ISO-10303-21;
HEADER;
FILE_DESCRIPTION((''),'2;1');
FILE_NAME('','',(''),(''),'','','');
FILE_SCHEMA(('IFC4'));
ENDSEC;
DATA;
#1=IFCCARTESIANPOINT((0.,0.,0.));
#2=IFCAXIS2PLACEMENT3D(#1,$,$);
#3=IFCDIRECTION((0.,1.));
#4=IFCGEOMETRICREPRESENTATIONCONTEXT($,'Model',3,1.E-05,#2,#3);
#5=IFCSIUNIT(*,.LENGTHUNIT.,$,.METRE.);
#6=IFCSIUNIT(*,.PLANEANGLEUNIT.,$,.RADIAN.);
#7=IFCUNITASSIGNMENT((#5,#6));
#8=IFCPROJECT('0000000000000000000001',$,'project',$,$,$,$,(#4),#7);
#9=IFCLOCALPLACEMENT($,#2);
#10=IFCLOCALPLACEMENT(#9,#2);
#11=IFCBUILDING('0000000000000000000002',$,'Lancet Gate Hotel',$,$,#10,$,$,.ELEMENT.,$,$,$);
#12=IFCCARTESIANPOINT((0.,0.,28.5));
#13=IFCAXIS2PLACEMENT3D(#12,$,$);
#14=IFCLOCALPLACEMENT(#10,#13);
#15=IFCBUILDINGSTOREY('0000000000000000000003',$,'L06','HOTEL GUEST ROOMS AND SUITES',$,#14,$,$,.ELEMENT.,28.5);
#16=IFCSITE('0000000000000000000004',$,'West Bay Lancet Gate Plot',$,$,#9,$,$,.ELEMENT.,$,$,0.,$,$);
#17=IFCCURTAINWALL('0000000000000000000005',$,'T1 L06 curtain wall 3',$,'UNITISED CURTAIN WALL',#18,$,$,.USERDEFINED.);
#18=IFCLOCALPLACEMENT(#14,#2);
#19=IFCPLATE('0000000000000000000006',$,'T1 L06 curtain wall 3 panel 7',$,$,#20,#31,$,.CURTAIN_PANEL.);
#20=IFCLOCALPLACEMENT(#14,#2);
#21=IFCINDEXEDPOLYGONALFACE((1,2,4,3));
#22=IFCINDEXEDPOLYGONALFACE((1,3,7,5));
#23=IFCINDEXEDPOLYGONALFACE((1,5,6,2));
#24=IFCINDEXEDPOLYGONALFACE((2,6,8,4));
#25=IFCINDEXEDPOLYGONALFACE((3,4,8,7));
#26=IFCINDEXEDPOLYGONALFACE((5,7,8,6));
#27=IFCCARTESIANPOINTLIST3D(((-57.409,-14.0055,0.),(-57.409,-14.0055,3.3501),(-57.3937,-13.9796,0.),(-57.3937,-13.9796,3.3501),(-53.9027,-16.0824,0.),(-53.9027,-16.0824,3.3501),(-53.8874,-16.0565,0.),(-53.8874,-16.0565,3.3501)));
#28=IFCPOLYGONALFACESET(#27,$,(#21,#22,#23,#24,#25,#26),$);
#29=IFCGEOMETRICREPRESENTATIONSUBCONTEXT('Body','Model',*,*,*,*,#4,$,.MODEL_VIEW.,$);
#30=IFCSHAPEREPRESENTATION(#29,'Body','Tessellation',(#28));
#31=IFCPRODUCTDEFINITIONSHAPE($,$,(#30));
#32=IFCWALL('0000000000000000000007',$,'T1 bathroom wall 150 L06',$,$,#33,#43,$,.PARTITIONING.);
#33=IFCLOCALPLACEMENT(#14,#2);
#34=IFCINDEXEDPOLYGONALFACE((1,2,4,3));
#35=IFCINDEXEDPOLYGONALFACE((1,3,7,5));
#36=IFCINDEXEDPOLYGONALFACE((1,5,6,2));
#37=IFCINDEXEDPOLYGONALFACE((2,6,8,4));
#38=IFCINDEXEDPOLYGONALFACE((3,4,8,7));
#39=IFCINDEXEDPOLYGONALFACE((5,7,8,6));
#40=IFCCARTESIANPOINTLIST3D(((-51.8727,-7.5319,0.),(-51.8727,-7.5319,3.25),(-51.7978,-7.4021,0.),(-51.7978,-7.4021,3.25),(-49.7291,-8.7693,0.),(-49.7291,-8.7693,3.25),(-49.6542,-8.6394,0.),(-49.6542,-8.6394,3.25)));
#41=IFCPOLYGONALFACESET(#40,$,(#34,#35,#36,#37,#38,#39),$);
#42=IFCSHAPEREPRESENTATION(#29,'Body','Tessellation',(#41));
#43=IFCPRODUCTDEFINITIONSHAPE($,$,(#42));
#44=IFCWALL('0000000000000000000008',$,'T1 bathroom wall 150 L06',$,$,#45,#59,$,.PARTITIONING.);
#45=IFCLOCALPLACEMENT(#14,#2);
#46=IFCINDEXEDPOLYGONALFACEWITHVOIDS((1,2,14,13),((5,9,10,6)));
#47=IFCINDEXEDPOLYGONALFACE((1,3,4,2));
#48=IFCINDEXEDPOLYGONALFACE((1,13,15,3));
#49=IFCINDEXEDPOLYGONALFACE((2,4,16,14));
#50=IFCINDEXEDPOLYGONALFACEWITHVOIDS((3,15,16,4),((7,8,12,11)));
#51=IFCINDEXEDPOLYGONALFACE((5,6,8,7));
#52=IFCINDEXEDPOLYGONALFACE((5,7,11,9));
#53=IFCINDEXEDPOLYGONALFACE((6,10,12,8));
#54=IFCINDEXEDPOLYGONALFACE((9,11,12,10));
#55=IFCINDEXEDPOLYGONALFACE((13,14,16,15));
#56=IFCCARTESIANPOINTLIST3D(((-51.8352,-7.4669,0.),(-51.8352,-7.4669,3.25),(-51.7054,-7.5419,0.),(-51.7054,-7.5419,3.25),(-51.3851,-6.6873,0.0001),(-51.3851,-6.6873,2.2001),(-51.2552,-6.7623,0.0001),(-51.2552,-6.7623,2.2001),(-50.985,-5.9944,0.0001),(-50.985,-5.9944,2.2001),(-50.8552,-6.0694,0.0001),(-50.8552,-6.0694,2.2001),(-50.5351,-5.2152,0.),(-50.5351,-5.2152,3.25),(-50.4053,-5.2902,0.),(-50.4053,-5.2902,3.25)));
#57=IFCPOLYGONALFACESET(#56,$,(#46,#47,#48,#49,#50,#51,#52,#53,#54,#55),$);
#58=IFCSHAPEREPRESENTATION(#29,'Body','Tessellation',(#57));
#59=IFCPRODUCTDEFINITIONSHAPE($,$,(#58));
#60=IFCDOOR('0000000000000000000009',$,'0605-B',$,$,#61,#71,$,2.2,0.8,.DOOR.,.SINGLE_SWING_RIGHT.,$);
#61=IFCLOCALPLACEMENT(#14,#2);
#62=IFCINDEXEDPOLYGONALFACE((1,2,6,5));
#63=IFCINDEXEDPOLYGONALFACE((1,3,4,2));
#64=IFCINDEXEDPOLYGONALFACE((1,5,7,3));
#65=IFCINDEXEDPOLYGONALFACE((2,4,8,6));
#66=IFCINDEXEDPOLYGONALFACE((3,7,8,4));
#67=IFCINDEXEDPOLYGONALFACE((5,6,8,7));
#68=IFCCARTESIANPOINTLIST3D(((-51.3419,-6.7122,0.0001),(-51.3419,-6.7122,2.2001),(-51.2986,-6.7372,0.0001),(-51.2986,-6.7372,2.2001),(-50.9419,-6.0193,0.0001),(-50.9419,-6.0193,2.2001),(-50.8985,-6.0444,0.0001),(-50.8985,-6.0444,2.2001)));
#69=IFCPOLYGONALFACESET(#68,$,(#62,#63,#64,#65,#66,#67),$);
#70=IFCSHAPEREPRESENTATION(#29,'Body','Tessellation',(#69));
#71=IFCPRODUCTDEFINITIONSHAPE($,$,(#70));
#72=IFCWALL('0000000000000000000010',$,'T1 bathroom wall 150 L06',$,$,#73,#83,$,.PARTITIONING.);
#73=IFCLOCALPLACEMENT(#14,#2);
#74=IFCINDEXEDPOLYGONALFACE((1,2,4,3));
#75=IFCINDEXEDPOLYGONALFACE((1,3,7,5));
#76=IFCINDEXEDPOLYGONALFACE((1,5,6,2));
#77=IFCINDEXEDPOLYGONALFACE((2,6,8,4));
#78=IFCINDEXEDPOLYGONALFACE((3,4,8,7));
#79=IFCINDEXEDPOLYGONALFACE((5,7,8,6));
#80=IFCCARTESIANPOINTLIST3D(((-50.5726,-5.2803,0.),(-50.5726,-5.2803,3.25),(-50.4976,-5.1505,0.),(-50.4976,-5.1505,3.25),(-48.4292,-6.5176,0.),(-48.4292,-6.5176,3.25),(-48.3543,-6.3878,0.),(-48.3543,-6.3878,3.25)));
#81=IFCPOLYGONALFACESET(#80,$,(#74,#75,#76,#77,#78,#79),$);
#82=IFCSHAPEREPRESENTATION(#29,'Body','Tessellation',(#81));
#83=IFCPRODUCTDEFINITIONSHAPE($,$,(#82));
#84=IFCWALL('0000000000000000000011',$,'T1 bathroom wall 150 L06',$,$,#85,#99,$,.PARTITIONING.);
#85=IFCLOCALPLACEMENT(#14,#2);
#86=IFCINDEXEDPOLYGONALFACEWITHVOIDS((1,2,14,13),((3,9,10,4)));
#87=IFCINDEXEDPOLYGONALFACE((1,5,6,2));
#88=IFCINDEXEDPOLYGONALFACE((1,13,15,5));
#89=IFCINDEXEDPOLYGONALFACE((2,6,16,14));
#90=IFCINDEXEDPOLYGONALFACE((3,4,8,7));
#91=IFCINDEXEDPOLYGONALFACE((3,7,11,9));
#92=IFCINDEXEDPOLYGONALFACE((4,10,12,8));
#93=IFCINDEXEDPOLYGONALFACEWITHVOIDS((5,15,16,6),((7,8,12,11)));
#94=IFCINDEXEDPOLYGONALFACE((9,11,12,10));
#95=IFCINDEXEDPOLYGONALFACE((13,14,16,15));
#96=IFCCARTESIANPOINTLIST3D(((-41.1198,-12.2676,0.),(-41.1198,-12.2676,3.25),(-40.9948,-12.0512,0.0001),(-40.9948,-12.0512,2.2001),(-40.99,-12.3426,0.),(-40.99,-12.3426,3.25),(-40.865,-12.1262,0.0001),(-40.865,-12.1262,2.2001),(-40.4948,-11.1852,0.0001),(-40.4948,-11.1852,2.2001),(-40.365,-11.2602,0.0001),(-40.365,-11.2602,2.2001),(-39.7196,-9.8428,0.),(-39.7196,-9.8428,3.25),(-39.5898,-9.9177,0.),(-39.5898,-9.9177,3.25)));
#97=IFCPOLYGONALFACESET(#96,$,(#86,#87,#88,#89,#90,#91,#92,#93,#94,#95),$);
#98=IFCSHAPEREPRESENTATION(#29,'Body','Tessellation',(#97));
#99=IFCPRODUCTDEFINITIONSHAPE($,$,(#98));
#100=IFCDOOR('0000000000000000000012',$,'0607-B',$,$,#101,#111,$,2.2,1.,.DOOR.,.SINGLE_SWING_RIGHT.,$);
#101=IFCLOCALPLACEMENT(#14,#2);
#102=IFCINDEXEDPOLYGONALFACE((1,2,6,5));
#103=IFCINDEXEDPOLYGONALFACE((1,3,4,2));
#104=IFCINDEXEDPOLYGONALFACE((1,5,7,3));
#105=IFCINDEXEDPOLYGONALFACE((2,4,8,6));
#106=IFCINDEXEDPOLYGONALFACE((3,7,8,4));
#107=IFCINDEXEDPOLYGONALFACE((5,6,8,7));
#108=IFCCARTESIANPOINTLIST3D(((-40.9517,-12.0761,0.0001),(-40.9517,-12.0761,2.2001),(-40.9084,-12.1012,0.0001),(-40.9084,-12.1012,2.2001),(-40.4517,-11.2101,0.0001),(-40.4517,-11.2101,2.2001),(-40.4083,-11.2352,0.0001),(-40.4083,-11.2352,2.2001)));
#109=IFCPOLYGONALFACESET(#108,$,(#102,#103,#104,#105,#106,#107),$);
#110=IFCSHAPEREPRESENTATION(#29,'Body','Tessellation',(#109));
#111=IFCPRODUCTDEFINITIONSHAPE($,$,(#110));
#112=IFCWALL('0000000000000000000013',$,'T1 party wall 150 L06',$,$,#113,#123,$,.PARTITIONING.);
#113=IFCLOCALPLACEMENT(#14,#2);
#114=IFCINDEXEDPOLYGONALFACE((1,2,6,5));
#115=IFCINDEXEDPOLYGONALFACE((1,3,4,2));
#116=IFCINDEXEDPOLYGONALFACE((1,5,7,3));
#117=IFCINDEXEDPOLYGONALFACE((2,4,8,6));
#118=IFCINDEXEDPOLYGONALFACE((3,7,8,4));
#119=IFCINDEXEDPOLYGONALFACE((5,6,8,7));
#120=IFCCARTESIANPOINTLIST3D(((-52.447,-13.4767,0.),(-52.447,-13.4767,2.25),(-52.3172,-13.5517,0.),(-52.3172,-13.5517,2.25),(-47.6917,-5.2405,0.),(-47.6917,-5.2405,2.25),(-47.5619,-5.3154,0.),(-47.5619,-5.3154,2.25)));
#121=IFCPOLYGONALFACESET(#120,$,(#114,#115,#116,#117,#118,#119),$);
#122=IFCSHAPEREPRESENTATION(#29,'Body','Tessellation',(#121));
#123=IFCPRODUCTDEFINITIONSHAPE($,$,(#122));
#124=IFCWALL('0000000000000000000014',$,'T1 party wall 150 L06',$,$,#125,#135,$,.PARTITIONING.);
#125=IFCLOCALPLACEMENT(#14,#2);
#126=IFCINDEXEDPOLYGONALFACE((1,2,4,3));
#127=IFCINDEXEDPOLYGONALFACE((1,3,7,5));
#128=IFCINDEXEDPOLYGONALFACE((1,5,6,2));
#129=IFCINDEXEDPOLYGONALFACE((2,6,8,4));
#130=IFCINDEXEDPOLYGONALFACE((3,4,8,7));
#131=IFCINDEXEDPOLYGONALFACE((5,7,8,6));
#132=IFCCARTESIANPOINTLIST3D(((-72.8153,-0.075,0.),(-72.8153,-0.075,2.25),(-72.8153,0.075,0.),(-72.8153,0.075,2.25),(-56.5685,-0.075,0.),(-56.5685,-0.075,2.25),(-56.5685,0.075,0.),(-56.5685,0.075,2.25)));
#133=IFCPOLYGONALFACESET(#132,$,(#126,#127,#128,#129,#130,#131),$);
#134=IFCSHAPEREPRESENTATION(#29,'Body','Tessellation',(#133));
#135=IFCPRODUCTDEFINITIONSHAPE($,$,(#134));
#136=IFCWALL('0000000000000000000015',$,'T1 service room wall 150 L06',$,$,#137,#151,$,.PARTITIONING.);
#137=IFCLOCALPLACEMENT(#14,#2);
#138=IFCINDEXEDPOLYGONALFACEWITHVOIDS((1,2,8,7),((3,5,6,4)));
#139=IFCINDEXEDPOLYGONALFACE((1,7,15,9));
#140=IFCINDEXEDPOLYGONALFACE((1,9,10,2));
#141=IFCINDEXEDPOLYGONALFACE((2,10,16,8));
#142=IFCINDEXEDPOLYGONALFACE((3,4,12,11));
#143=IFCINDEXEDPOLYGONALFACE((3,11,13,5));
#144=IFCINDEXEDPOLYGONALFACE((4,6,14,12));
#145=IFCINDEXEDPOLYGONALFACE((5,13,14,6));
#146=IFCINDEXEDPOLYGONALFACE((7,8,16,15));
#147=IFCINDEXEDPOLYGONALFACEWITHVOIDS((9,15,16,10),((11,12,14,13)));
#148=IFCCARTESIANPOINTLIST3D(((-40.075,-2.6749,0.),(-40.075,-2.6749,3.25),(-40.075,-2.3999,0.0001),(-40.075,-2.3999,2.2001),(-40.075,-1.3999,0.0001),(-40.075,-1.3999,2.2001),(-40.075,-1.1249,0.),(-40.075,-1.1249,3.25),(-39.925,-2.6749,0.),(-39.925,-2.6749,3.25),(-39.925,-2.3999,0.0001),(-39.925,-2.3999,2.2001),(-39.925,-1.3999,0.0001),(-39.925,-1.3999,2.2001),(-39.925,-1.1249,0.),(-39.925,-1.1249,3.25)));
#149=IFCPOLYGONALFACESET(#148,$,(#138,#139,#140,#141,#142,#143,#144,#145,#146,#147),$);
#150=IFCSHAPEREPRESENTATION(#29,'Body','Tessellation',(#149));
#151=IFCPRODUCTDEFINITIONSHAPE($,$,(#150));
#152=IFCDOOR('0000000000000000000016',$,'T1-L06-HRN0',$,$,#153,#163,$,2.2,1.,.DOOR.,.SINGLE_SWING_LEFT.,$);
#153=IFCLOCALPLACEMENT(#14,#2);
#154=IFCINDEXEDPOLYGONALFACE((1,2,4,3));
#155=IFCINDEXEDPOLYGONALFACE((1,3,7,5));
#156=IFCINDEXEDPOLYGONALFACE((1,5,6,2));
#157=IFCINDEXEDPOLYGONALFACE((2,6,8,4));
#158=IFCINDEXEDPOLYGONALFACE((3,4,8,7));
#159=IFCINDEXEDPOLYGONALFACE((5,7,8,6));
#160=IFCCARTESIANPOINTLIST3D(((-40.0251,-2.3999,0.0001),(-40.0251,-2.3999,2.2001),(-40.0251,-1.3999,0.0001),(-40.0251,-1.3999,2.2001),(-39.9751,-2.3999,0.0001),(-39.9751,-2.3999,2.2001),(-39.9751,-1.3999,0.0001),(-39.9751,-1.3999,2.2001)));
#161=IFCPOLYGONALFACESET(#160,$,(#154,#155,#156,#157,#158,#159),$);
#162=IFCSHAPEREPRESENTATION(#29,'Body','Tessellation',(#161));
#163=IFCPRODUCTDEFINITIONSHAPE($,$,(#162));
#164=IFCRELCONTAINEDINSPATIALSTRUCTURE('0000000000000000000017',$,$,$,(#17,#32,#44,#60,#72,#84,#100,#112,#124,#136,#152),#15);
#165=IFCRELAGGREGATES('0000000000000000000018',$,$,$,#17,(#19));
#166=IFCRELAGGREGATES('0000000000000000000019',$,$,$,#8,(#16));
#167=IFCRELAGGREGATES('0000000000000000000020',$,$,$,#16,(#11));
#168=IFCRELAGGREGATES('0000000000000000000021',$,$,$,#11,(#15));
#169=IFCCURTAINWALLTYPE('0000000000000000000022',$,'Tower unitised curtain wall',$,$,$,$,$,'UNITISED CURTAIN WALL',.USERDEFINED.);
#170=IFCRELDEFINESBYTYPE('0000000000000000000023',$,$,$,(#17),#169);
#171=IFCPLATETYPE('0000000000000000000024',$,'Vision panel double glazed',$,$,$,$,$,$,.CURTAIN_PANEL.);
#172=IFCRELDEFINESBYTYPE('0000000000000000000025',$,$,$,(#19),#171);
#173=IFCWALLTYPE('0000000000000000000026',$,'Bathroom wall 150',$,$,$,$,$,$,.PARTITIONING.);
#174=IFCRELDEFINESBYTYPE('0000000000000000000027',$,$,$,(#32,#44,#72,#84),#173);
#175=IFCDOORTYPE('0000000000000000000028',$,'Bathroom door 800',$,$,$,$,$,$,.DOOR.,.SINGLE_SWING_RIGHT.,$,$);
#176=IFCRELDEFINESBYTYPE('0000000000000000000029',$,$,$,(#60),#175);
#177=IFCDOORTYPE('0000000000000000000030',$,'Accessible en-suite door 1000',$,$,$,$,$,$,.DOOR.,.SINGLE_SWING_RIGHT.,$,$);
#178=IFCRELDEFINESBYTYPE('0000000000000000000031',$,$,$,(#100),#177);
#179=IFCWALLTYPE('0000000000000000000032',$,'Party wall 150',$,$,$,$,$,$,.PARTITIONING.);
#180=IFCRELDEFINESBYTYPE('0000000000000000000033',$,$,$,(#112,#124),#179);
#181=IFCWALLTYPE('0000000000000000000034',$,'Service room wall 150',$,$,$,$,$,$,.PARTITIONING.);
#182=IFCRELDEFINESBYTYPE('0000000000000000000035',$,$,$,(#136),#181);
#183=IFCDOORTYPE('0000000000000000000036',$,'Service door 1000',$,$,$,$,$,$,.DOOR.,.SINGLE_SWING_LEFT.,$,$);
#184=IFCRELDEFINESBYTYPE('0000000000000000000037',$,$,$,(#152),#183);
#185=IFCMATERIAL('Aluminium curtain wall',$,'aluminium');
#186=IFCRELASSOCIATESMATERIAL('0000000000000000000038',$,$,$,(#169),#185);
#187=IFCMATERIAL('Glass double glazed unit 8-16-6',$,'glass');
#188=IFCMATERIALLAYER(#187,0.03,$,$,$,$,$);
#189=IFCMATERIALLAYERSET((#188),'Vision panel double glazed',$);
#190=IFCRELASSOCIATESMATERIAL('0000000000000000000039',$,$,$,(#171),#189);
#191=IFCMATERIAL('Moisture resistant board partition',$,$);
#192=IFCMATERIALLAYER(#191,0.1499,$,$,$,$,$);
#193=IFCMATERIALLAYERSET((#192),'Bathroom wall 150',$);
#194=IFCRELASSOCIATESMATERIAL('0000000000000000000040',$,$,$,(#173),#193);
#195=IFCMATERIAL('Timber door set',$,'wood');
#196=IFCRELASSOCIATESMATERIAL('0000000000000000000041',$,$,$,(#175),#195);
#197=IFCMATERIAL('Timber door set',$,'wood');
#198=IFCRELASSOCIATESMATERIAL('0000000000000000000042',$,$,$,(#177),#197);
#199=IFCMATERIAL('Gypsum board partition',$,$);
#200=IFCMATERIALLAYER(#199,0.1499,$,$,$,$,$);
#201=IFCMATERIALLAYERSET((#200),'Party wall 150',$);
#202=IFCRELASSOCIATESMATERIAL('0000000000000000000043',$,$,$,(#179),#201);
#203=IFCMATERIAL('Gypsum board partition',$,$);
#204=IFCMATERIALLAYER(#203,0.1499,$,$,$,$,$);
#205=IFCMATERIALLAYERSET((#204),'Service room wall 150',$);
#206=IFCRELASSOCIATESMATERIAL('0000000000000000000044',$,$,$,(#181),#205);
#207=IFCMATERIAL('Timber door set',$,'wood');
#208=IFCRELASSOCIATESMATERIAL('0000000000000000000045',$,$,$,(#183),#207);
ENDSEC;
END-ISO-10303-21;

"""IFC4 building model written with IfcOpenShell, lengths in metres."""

from ifc_helpers import new_model, si_unit, direction, frame, frame_2d, origin, origin_2d, place, context, subcontext, project, spatial, rectangle, extrude, material, layer, layer_set, type_object, element, fill, aggregate, save


model = new_model("IFC4")

# Units and contexts
model_context = context("Model", 3, precision=1e-05, world=origin(), true_north=direction((0.0, 1.0)))
body_context = subcontext(model_context, "Body", "Model", "MODEL_VIEW")
ifc_project = project(units=[si_unit("LENGTHUNIT", "METRE"), si_unit("PLANEANGLEUNIT", "RADIAN")], contexts=[model_context])

# Site, building, storey
site_placement = place(None, origin())
site = spatial("IfcSite", under=ifc_project, at=site_placement, Name="West Bay Lancet Gate Plot", CompositionType="ELEMENT", RefElevation=0.0)
building_placement = place(site_placement, origin())
building = spatial("IfcBuilding", under=site, at=building_placement, Name="Lancet Gate Hotel", CompositionType="ELEMENT")
storey_placement = place(building_placement, frame((0.0, 0.0, 28.5)))
storey = spatial("IfcBuildingStorey", under=building, at=storey_placement, Name="L06", Description="HOTEL GUEST ROOMS AND SUITES", CompositionType="ELEMENT", Elevation=28.5)

# Curtain wall, plate
ifc_material_1 = material(Name="Aluminium curtain wall", Category="aluminium")
curtain_wall_type = type_object("IfcCurtainWallType", Name="Tower unitised curtain wall", ElementType="UNITISED CURTAIN WALL", PredefinedType="USERDEFINED", material=ifc_material_1)
curtain_wall_placement = place(storey_placement, origin())
curtain_wall = element("IfcCurtainWall", 1, at=curtain_wall_placement, inside=storey, type_object=curtain_wall_type, Name="T1 L06 curtain wall 3", ObjectType="UNITISED CURTAIN WALL", PredefinedType="USERDEFINED")
ifc_material_2 = material(Name="Glass double glazed unit 8-16-6", Category="glass")
ifc_layer_1 = layer(ifc_material_2, 0.03)
ifc_layer_set_1 = layer_set([ifc_layer_1], Name="Vision panel double glazed")
plate_type = type_object("IfcPlateType", Name="Vision panel double glazed", PredefinedType="CURTAIN_PANEL", material=ifc_layer_set_1)
plate_placement = place(storey_placement, frame((-55.6482, -15.031, 0.0), z_axis=(0.0, 0.0, 1.0), x_axis=(0.860382, -0.50965, 0.0)))
plate = element("IfcPlate", 2, at=plate_placement, type_object=plate_type, Name="T1 L06 curtain wall 3 panel 7", PredefinedType="CURTAIN_PANEL", context=body_context, shape_type="SweptSolid", body=[
    extrude(rectangle(XDim=4.0752, YDim=0.03, at=origin_2d()), origin(), (0.0, 0.0, 1.0), 3.3501),
])
aggregate(curtain_wall, [plate])

# Wall
ifc_material_3 = material(Name="Moisture resistant board partition")
ifc_layer_2 = layer(ifc_material_3, 0.1499)
ifc_layer_set_2 = layer_set([ifc_layer_2], Name="Bathroom wall 150")
wall_type_1 = type_object("IfcWallType", Name="Bathroom wall 150", PredefinedType="PARTITIONING", material=ifc_layer_set_2)
wall_1_placement = place(storey_placement, frame((-49.6917, -8.7043, 0.0), z_axis=(0.0, 0.0, 1.0), x_axis=(-0.866074, 0.499916, 0.0)))
element("IfcWall", 3, at=wall_1_placement, inside=storey, type_object=wall_type_1, Name="T1 bathroom wall 150 L06", PredefinedType="PARTITIONING", context=body_context, shape_type="SweptSolid", body=[
    extrude(rectangle(XDim=2.4751, YDim=0.1499, at=frame_2d((1.2375, 0.0))), origin(), (0.0, 0.0, 1.0), 3.25),
])

# Wall, opening, door
wall_2_placement = place(storey_placement, frame((-50.4702, -5.2527, 0.0), z_axis=(0.0, 0.0, 1.0), x_axis=(-0.500007, -0.866021, 0.0)))
wall_2 = element("IfcWall", 4, at=wall_2_placement, inside=storey, type_object=wall_type_1, Name="T1 bathroom wall 150 L06", PredefinedType="PARTITIONING", context=body_context, shape_type="SweptSolid", body=[
    extrude(rectangle(XDim=2.6001, YDim=0.1499, at=frame_2d((1.3, 0.0))), origin(), (0.0, 0.0, 1.0), 3.25),
])
opening_1_placement = place(wall_2_placement, frame((0.8999, 0.0, 0.0)))
opening_1 = element("IfcOpeningElement", 5, at=opening_1_placement, cuts=wall_2, PredefinedType="OPENING", context=body_context, shape_type="SweptSolid", body=[
    extrude(rectangle(XDim=0.8, YDim=2.2, at=frame_2d((0.3999, 1.1001))), frame((0.0, 0.085, 0.0), z_axis=(0.0, -1.0, 0.0), x_axis=(1.0, 0.0, 0.0)), (0.0, 0.0, 1.0), 0.1699),
])
ifc_material_4 = material(Name="Timber door set", Category="wood")
door_type_1 = type_object("IfcDoorType", Name="Bathroom door 800", OperationType="SINGLE_SWING_RIGHT", PredefinedType="DOOR", material=ifc_material_4)
door_1_placement = place(opening_1_placement, origin())
door_1 = element("IfcDoor", 6, at=door_1_placement, inside=storey, type_object=door_type_1, Name="0605-B", OperationType="SINGLE_SWING_RIGHT", OverallHeight=2.2, OverallWidth=0.8, PredefinedType="DOOR", context=body_context, shape_type="SweptSolid", body=[
    extrude(rectangle(XDim=0.8, YDim=2.2, at=frame_2d((0.3999, 1.1001))), frame((0.0, 0.0249, 0.0), z_axis=(0.0, -1.0, 0.0), x_axis=(1.0, 0.0, 0.0)), (0.0, 0.0, 1.0), 0.05),
])
fill(opening_1, door_1)

# Wall
wall_3_placement = place(storey_placement, frame((-48.3918, -6.4526, 0.0), z_axis=(0.0, 0.0, 1.0), x_axis=(-0.866049, 0.499959, 0.0)))
element("IfcWall", 7, at=wall_3_placement, inside=storey, type_object=wall_type_1, Name="T1 bathroom wall 150 L06", PredefinedType="PARTITIONING", context=body_context, shape_type="SweptSolid", body=[
    extrude(rectangle(XDim=2.4749, YDim=0.1499, at=frame_2d((1.2373, 0.0))), origin(), (0.0, 0.0, 1.0), 3.25),
])

# Wall, opening, door
wall_4_placement = place(storey_placement, frame((-39.6548, -9.8804, 0.0), z_axis=(0.0, 0.0, 1.0), x_axis=(-0.50005, -0.865997, 0.0)))
wall_4 = element("IfcWall", 8, at=wall_4_placement, inside=storey, type_object=wall_type_1, Name="T1 bathroom wall 150 L06", PredefinedType="PARTITIONING", context=body_context, shape_type="SweptSolid", body=[
    extrude(rectangle(XDim=2.8, YDim=0.1499, at=frame_2d((1.3999, 0.0))), origin(), (0.0, 0.0, 1.0), 3.25),
])
opening_2_placement = place(wall_4_placement, frame((1.55, 0.0, 0.0)))
opening_2 = element("IfcOpeningElement", 9, at=opening_2_placement, cuts=wall_4, PredefinedType="OPENING", context=body_context, shape_type="SweptSolid", body=[
    extrude(rectangle(XDim=1.0, YDim=2.2, at=frame_2d((0.5, 1.1001))), frame((0.0, 0.085, 0.0), z_axis=(0.0, -1.0, 0.0), x_axis=(1.0, 0.0, 0.0)), (0.0, 0.0, 1.0), 0.1699),
])
ifc_material_5 = material(Name="Timber door set", Category="wood")
door_type_2 = type_object("IfcDoorType", Name="Accessible en-suite door 1000", OperationType="SINGLE_SWING_RIGHT", PredefinedType="DOOR", material=ifc_material_5)
door_2_placement = place(opening_2_placement, origin())
door_2 = element("IfcDoor", 10, at=door_2_placement, inside=storey, type_object=door_type_2, Name="0607-B", OperationType="SINGLE_SWING_RIGHT", OverallHeight=2.2, OverallWidth=1.0, PredefinedType="DOOR", context=body_context, shape_type="SweptSolid", body=[
    extrude(rectangle(XDim=1.0, YDim=2.2, at=frame_2d((0.5, 1.1001))), frame((0.0, 0.0249, 0.0), z_axis=(0.0, -1.0, 0.0), x_axis=(1.0, 0.0, 0.0)), (0.0, 0.0, 1.0), 0.05),
])
fill(opening_2, door_2)

# Walls
ifc_material_6 = material(Name="Gypsum board partition")
ifc_layer_3 = layer(ifc_material_6, 0.1499)
ifc_layer_set_3 = layer_set([ifc_layer_3], Name="Party wall 150")
wall_type_2 = type_object("IfcWallType", Name="Party wall 150", PredefinedType="PARTITIONING", material=ifc_layer_set_3)
wall_5_placement = place(storey_placement, frame((-47.6267, -5.2778, 0.0), z_axis=(0.0, 0.0, 1.0), x_axis=(-0.50001, -0.86602, 0.0)))
element("IfcWall", 11, at=wall_5_placement, inside=storey, type_object=wall_type_2, Name="T1 party wall 150 L06", PredefinedType="PARTITIONING", context=body_context, shape_type="SweptSolid", body=[
    extrude(rectangle(XDim=9.5105, YDim=0.1499, at=frame_2d((4.7554, 0.0))), origin(), (0.0, 0.0, 1.0), 2.25),
])
wall_6_placement = place(storey_placement, frame((-56.5684, 0.0, 0.0), z_axis=(0.0, 0.0, 1.0), x_axis=(-1.0, 0.0, 0.0)))
element("IfcWall", 12, at=wall_6_placement, inside=storey, type_object=wall_type_2, Name="T1 party wall 150 L06", PredefinedType="PARTITIONING", context=body_context, shape_type="SweptSolid", body=[
    extrude(rectangle(XDim=16.2468, YDim=0.1499, at=frame_2d((8.1235, 0.0))), origin(), (0.0, 0.0, 1.0), 2.25),
])

# Wall, opening, door
ifc_material_7 = material(Name="Gypsum board partition")
ifc_layer_4 = layer(ifc_material_7, 0.1499)
ifc_layer_set_4 = layer_set([ifc_layer_4], Name="Service room wall 150")
wall_type_3 = type_object("IfcWallType", Name="Service room wall 150", PredefinedType="PARTITIONING", material=ifc_layer_set_4)
wall_7_placement = place(storey_placement, frame((-40.0, -1.125, 0.0), z_axis=(0.0, 0.0, 1.0), x_axis=(0.0, -1.0, 0.0)))
wall_7 = element("IfcWall", 13, at=wall_7_placement, inside=storey, type_object=wall_type_3, Name="T1 service room wall 150 L06", PredefinedType="PARTITIONING", context=body_context, shape_type="SweptSolid", body=[
    extrude(rectangle(XDim=1.55, YDim=0.1499, at=frame_2d((0.7749, 0.0))), origin(), (0.0, 0.0, 1.0), 3.25),
])
opening_3_placement = place(wall_7_placement, frame((0.2749, 0.0, 0.0)))
opening_3 = element("IfcOpeningElement", 14, at=opening_3_placement, cuts=wall_7, PredefinedType="OPENING", context=body_context, shape_type="SweptSolid", body=[
    extrude(rectangle(XDim=1.0, YDim=2.2, at=frame_2d((0.5, 1.1001))), frame((0.0, 0.085, 0.0), z_axis=(0.0, -1.0, 0.0), x_axis=(1.0, 0.0, 0.0)), (0.0, 0.0, 1.0), 0.1699),
])
ifc_material_8 = material(Name="Timber door set", Category="wood")
door_type_3 = type_object("IfcDoorType", Name="Service door 1000", OperationType="SINGLE_SWING_LEFT", PredefinedType="DOOR", material=ifc_material_8)
door_3_placement = place(opening_3_placement, origin())
door_3 = element("IfcDoor", 15, at=door_3_placement, inside=storey, type_object=door_type_3, Name="T1-L06-HRN0", OperationType="SINGLE_SWING_LEFT", OverallHeight=2.2, OverallWidth=1.0, PredefinedType="DOOR", context=body_context, shape_type="SweptSolid", body=[
    extrude(rectangle(XDim=1.0, YDim=2.2, at=frame_2d((0.5, 1.1001))), frame((0.0, 0.0249, 0.0), z_axis=(0.0, -1.0, 0.0), x_axis=(1.0, 0.0, 0.0)), (0.0, 0.0, 1.0), 0.05),
])
fill(opening_3, door_3)

save(model, "model.ifc")
